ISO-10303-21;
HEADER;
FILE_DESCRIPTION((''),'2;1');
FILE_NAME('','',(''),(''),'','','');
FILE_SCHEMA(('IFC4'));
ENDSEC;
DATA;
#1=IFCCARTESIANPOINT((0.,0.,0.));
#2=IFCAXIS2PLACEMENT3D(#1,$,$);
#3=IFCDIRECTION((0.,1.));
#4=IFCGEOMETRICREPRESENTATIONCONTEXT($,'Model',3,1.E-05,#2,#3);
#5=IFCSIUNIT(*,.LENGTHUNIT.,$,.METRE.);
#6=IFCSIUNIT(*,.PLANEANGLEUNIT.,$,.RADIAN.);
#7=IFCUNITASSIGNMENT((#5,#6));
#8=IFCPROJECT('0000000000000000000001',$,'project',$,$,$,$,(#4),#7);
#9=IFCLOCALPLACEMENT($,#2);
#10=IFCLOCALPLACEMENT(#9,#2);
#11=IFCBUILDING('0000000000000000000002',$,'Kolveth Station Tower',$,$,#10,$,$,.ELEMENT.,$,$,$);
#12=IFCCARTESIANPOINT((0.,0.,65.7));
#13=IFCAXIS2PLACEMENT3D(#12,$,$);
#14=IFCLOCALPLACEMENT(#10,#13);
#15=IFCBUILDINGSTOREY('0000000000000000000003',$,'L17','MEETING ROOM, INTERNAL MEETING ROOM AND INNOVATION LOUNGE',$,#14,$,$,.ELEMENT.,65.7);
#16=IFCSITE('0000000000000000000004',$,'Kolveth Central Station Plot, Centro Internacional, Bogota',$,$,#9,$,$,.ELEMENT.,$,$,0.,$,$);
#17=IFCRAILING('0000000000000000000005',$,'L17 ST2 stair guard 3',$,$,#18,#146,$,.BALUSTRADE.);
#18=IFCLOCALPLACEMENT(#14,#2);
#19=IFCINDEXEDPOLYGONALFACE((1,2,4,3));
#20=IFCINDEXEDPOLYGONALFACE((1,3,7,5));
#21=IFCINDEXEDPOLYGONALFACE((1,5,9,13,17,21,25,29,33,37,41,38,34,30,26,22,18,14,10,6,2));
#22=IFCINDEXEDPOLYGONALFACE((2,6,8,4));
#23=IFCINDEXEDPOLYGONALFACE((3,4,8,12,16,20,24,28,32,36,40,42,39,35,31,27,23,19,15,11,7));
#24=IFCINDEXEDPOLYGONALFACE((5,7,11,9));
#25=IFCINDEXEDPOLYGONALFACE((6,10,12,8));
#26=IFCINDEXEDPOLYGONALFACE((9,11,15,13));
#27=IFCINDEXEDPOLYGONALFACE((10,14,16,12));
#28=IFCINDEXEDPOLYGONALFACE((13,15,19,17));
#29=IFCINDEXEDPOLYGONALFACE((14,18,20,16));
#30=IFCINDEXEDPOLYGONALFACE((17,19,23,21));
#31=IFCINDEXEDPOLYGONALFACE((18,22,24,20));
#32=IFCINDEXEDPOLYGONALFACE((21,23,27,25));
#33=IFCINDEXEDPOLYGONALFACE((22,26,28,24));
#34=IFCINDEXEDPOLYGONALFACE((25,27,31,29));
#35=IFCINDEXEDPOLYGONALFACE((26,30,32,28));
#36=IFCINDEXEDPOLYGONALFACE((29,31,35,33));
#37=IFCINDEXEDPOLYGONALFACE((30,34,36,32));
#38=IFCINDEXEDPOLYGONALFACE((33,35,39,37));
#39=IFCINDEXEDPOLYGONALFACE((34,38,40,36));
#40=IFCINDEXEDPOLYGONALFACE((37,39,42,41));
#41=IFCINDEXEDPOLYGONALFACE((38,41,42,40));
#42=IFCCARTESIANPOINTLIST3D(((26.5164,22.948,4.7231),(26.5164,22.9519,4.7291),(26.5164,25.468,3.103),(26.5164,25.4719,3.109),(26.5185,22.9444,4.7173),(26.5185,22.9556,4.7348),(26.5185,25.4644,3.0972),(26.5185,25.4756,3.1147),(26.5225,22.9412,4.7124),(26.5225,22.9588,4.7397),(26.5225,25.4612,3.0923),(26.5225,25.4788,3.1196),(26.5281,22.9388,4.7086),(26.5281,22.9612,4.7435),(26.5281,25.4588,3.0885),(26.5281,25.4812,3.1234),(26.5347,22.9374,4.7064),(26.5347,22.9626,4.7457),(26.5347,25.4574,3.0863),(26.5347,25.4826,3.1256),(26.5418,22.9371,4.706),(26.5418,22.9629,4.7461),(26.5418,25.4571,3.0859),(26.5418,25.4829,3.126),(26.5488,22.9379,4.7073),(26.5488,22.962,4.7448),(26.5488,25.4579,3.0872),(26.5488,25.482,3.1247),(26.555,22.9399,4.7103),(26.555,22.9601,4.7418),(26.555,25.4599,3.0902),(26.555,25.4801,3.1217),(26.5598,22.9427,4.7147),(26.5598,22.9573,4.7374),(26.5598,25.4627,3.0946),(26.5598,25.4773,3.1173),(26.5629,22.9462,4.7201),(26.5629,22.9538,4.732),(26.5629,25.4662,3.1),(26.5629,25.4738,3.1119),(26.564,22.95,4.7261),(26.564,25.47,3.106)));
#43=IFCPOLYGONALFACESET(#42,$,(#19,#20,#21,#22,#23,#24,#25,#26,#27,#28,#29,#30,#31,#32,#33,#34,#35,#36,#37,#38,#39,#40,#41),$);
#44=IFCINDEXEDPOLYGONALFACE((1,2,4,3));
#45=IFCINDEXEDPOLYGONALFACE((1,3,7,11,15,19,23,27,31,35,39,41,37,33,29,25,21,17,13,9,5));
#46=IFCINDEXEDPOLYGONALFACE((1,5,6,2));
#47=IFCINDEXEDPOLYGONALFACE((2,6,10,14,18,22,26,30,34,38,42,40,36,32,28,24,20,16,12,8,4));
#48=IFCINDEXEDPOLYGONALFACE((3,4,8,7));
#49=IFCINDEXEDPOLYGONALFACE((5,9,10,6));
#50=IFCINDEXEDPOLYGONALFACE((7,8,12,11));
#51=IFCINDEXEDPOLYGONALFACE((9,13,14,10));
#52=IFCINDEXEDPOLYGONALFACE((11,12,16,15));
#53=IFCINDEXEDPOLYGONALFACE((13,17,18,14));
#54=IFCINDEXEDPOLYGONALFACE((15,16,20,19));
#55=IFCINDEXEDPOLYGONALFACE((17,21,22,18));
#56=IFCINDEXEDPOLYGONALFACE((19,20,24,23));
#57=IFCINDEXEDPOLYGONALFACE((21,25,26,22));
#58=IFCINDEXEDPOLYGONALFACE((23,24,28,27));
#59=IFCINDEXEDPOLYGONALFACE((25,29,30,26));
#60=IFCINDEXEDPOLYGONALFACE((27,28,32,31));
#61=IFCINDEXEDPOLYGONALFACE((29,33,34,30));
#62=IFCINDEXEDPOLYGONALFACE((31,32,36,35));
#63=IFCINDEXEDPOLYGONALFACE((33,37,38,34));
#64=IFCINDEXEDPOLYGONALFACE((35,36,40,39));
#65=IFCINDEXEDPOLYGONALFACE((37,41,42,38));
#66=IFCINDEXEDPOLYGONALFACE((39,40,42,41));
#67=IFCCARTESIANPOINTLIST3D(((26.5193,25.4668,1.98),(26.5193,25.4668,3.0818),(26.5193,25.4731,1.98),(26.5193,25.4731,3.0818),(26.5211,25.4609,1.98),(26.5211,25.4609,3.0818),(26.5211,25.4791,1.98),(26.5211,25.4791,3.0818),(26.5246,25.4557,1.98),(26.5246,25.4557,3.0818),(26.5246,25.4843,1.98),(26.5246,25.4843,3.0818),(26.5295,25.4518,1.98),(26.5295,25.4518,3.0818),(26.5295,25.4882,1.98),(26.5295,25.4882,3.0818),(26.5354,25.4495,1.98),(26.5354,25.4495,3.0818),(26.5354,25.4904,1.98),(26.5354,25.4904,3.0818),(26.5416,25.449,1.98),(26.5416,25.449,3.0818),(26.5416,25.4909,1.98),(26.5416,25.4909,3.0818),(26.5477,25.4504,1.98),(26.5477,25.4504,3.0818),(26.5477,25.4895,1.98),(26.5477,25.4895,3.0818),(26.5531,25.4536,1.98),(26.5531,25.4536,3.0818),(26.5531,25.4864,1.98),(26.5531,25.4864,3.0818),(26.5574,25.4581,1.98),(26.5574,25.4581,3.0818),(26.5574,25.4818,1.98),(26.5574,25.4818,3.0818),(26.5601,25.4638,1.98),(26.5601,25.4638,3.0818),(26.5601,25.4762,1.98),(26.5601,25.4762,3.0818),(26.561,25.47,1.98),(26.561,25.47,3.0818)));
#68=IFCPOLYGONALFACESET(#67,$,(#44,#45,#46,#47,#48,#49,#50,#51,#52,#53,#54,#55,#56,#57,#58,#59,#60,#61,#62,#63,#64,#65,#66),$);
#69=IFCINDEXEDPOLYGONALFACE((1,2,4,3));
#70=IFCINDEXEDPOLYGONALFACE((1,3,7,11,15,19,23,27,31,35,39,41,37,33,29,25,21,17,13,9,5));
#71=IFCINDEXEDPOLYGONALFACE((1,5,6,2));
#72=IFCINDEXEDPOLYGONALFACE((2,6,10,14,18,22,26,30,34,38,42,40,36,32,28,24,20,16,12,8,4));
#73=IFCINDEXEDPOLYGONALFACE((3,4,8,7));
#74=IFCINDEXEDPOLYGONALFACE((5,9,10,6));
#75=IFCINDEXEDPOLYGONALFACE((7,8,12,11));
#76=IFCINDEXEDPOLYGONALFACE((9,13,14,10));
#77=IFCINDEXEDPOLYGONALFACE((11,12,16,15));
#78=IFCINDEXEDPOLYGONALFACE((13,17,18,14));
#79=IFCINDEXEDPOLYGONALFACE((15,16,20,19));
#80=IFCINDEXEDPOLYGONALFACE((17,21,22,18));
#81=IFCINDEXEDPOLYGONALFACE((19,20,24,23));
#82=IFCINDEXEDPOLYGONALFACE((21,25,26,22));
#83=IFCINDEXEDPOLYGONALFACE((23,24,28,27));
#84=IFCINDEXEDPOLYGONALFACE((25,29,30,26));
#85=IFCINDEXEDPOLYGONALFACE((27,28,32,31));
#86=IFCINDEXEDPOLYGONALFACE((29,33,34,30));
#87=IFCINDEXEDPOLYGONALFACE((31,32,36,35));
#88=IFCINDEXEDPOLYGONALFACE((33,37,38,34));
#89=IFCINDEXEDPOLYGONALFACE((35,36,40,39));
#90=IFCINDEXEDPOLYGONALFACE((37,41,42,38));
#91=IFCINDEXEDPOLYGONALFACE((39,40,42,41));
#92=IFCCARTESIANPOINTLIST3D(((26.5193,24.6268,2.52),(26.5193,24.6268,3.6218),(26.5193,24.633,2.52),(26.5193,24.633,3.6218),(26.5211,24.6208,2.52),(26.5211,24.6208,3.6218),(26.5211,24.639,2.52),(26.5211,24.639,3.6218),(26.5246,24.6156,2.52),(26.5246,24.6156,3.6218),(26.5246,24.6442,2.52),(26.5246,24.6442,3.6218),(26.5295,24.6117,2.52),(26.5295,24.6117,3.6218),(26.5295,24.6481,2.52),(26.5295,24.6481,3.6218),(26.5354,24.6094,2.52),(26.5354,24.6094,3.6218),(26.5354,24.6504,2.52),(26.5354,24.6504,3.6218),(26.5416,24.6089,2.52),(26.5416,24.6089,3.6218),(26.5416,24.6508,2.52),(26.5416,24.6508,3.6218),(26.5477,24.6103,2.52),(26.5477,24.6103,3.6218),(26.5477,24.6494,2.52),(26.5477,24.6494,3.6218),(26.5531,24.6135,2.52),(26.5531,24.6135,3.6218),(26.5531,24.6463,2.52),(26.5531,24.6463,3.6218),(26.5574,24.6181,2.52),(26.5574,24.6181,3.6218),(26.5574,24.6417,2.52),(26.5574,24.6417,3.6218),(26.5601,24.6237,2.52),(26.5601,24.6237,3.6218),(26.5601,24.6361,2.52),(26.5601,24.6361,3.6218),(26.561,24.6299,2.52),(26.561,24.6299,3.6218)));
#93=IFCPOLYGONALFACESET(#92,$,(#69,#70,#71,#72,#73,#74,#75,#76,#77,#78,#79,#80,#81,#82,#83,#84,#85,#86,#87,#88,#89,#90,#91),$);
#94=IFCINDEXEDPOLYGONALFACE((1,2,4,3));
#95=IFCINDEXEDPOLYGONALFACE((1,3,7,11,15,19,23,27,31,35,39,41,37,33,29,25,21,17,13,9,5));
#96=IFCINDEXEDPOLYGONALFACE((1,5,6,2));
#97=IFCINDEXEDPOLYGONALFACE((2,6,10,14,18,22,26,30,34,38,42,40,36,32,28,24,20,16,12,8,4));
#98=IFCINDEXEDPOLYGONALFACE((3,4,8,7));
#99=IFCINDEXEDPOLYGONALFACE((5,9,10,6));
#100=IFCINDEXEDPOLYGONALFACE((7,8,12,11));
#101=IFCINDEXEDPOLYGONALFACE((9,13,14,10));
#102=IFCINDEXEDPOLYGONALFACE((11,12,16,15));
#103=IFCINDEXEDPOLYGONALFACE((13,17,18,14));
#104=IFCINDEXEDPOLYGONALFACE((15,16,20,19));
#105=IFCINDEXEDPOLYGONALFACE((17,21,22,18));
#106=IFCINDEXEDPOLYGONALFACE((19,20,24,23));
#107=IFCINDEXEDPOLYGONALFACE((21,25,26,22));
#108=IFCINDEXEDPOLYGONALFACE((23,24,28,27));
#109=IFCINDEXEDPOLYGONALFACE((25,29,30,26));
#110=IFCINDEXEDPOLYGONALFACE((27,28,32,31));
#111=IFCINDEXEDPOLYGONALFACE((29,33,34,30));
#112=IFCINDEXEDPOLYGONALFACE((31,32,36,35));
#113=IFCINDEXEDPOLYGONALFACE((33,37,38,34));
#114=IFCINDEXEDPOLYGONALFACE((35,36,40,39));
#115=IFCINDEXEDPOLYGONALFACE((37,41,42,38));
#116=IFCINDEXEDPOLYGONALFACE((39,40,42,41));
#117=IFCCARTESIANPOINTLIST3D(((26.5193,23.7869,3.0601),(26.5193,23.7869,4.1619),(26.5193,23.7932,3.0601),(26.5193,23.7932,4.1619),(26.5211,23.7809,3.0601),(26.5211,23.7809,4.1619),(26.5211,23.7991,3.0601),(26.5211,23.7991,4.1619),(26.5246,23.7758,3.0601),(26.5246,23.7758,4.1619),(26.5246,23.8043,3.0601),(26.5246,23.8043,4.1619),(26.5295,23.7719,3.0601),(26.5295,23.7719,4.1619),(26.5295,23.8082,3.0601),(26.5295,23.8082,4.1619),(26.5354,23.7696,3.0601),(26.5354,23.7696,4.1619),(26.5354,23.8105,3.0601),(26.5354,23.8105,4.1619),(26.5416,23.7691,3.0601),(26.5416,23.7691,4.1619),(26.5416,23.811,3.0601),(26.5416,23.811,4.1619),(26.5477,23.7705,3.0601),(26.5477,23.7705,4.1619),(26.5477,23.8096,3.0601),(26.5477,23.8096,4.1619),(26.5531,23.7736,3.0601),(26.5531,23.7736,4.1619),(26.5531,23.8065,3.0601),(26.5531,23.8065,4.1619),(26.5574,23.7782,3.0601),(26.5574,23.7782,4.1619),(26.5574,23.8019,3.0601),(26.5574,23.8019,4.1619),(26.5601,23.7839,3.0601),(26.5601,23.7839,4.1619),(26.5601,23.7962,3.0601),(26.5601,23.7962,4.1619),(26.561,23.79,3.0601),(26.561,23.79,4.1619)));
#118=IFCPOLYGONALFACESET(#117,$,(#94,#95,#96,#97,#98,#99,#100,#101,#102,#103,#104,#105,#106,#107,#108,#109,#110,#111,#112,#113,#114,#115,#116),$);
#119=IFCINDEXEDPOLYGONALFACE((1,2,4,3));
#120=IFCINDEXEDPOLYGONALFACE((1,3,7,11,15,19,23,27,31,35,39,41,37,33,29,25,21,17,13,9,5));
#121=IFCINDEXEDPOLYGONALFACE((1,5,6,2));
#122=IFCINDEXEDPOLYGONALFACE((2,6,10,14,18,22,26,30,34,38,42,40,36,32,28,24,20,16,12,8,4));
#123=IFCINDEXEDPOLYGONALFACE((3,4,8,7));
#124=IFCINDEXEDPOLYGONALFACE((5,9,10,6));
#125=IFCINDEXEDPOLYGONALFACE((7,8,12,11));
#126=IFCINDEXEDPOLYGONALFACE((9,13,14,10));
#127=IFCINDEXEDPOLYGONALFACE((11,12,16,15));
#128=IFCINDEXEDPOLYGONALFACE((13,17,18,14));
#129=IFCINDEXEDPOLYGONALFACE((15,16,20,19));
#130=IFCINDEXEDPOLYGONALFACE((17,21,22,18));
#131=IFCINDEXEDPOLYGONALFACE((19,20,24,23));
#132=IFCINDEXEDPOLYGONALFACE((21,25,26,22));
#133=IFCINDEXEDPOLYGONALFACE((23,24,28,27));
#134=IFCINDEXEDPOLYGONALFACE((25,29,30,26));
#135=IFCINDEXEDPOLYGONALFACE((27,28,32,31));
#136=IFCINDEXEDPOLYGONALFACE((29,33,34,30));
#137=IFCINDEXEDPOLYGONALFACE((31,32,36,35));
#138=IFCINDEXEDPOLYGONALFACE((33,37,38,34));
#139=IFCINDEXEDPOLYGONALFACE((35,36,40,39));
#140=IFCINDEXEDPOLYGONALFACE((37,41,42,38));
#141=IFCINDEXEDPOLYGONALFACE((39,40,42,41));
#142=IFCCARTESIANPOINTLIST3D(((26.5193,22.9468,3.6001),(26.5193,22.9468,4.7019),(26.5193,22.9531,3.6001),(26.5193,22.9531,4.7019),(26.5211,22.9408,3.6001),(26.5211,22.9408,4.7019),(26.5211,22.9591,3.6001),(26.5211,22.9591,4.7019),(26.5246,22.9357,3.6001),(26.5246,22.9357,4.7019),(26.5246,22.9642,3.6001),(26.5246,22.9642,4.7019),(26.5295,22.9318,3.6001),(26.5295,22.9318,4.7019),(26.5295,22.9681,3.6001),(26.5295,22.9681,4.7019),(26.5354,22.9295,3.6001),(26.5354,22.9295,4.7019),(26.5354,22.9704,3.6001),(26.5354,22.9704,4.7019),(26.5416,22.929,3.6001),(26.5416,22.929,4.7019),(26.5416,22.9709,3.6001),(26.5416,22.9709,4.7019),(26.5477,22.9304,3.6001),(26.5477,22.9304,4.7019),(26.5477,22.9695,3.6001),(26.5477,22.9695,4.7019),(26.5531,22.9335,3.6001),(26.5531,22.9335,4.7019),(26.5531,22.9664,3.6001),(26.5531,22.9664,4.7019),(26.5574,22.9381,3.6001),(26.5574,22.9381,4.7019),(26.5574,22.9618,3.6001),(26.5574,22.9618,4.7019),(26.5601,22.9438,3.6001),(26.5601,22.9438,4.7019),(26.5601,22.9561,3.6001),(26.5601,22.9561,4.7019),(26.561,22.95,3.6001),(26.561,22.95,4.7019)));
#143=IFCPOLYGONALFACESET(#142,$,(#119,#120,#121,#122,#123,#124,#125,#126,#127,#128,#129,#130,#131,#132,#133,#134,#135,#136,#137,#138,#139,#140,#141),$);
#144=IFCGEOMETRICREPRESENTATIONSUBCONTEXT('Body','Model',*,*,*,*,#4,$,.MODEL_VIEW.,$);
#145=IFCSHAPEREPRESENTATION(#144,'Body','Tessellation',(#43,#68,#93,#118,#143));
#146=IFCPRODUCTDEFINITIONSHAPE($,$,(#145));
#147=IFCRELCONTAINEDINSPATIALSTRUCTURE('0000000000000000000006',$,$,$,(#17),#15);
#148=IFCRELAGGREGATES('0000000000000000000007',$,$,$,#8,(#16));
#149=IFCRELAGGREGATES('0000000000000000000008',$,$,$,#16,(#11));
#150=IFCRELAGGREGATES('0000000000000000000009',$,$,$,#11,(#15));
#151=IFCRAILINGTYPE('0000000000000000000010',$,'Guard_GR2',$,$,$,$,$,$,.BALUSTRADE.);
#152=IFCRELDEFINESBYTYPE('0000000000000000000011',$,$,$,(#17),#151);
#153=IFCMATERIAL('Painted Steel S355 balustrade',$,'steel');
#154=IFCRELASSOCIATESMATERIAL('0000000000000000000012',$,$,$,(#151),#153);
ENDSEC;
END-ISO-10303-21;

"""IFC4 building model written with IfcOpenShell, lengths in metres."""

from ifc_helpers import new_model, si_unit, direction, frame, origin, origin_2d, place, context, subcontext, project, spatial, circle, extrude, material, type_object, element, save


model = new_model("IFC4")

# Units and contexts
model_context = context("Model", 3, precision=1e-05, world=origin(), true_north=direction((0.0, 1.0)))
body_context = subcontext(model_context, "Body", "Model", "MODEL_VIEW")
ifc_project = project(units=[si_unit("LENGTHUNIT", "METRE"), si_unit("PLANEANGLEUNIT", "RADIAN")], contexts=[model_context])

# Site, building, storey
site_placement = place(None, origin())
site = spatial("IfcSite", under=ifc_project, at=site_placement, Name="Kolveth Central Station Plot, Centro Internacional, Bogota", CompositionType="ELEMENT", RefElevation=0.0)
building_placement = place(site_placement, origin())
building = spatial("IfcBuilding", under=site, at=building_placement, Name="Kolveth Station Tower", CompositionType="ELEMENT")
storey_placement = place(building_placement, frame((0.0, 0.0, 65.7)))
storey = spatial("IfcBuildingStorey", under=building, at=storey_placement, Name="L17", Description="MEETING ROOM, INTERNAL MEETING ROOM AND INNOVATION LOUNGE", CompositionType="ELEMENT", Elevation=65.7)

# Railing
ifc_material_1 = material(Name="Painted Steel S355 balustrade", Category="steel")
railing_type_1 = type_object("IfcRailingType", Name="Guard_GR2", PredefinedType="BALUSTRADE", material=ifc_material_1)
railing_1_placement = place(storey_placement, frame((26.54, 25.47, 1.98)))
element("IfcRailing", 1, at=railing_1_placement, inside=storey, type_object=railing_type_1, Name="L17 ST2 stair guard 3", PredefinedType="BALUSTRADE", context=body_context, shape_type="SweptSolid", body=[
    extrude(circle(Radius=0.0239, at=origin_2d()), frame((0.0, 0.0, 1.126), z_axis=(0.0, -0.841163, 0.540782), x_axis=(1.0, 0.0, 0.0)), (0.0, 0.0, 1.0), 2.9958),
    extrude(circle(Radius=0.021, at=origin_2d()), origin(), (0.0, 0.0, 1.0), 1.1018),
    extrude(circle(Radius=0.021, at=origin_2d()), frame((0.0, -0.8401, 0.54)), (0.0, 0.0, 1.0), 1.1018),
    extrude(circle(Radius=0.021, at=origin_2d()), frame((0.0, -1.6799, 1.0801)), (0.0, 0.0, 1.0), 1.1018),
    extrude(circle(Radius=0.021, at=origin_2d()), frame((0.0, -2.52, 1.6201)), (0.0, 0.0, 1.0), 1.1018),
])

save(model, "model.ifc")
